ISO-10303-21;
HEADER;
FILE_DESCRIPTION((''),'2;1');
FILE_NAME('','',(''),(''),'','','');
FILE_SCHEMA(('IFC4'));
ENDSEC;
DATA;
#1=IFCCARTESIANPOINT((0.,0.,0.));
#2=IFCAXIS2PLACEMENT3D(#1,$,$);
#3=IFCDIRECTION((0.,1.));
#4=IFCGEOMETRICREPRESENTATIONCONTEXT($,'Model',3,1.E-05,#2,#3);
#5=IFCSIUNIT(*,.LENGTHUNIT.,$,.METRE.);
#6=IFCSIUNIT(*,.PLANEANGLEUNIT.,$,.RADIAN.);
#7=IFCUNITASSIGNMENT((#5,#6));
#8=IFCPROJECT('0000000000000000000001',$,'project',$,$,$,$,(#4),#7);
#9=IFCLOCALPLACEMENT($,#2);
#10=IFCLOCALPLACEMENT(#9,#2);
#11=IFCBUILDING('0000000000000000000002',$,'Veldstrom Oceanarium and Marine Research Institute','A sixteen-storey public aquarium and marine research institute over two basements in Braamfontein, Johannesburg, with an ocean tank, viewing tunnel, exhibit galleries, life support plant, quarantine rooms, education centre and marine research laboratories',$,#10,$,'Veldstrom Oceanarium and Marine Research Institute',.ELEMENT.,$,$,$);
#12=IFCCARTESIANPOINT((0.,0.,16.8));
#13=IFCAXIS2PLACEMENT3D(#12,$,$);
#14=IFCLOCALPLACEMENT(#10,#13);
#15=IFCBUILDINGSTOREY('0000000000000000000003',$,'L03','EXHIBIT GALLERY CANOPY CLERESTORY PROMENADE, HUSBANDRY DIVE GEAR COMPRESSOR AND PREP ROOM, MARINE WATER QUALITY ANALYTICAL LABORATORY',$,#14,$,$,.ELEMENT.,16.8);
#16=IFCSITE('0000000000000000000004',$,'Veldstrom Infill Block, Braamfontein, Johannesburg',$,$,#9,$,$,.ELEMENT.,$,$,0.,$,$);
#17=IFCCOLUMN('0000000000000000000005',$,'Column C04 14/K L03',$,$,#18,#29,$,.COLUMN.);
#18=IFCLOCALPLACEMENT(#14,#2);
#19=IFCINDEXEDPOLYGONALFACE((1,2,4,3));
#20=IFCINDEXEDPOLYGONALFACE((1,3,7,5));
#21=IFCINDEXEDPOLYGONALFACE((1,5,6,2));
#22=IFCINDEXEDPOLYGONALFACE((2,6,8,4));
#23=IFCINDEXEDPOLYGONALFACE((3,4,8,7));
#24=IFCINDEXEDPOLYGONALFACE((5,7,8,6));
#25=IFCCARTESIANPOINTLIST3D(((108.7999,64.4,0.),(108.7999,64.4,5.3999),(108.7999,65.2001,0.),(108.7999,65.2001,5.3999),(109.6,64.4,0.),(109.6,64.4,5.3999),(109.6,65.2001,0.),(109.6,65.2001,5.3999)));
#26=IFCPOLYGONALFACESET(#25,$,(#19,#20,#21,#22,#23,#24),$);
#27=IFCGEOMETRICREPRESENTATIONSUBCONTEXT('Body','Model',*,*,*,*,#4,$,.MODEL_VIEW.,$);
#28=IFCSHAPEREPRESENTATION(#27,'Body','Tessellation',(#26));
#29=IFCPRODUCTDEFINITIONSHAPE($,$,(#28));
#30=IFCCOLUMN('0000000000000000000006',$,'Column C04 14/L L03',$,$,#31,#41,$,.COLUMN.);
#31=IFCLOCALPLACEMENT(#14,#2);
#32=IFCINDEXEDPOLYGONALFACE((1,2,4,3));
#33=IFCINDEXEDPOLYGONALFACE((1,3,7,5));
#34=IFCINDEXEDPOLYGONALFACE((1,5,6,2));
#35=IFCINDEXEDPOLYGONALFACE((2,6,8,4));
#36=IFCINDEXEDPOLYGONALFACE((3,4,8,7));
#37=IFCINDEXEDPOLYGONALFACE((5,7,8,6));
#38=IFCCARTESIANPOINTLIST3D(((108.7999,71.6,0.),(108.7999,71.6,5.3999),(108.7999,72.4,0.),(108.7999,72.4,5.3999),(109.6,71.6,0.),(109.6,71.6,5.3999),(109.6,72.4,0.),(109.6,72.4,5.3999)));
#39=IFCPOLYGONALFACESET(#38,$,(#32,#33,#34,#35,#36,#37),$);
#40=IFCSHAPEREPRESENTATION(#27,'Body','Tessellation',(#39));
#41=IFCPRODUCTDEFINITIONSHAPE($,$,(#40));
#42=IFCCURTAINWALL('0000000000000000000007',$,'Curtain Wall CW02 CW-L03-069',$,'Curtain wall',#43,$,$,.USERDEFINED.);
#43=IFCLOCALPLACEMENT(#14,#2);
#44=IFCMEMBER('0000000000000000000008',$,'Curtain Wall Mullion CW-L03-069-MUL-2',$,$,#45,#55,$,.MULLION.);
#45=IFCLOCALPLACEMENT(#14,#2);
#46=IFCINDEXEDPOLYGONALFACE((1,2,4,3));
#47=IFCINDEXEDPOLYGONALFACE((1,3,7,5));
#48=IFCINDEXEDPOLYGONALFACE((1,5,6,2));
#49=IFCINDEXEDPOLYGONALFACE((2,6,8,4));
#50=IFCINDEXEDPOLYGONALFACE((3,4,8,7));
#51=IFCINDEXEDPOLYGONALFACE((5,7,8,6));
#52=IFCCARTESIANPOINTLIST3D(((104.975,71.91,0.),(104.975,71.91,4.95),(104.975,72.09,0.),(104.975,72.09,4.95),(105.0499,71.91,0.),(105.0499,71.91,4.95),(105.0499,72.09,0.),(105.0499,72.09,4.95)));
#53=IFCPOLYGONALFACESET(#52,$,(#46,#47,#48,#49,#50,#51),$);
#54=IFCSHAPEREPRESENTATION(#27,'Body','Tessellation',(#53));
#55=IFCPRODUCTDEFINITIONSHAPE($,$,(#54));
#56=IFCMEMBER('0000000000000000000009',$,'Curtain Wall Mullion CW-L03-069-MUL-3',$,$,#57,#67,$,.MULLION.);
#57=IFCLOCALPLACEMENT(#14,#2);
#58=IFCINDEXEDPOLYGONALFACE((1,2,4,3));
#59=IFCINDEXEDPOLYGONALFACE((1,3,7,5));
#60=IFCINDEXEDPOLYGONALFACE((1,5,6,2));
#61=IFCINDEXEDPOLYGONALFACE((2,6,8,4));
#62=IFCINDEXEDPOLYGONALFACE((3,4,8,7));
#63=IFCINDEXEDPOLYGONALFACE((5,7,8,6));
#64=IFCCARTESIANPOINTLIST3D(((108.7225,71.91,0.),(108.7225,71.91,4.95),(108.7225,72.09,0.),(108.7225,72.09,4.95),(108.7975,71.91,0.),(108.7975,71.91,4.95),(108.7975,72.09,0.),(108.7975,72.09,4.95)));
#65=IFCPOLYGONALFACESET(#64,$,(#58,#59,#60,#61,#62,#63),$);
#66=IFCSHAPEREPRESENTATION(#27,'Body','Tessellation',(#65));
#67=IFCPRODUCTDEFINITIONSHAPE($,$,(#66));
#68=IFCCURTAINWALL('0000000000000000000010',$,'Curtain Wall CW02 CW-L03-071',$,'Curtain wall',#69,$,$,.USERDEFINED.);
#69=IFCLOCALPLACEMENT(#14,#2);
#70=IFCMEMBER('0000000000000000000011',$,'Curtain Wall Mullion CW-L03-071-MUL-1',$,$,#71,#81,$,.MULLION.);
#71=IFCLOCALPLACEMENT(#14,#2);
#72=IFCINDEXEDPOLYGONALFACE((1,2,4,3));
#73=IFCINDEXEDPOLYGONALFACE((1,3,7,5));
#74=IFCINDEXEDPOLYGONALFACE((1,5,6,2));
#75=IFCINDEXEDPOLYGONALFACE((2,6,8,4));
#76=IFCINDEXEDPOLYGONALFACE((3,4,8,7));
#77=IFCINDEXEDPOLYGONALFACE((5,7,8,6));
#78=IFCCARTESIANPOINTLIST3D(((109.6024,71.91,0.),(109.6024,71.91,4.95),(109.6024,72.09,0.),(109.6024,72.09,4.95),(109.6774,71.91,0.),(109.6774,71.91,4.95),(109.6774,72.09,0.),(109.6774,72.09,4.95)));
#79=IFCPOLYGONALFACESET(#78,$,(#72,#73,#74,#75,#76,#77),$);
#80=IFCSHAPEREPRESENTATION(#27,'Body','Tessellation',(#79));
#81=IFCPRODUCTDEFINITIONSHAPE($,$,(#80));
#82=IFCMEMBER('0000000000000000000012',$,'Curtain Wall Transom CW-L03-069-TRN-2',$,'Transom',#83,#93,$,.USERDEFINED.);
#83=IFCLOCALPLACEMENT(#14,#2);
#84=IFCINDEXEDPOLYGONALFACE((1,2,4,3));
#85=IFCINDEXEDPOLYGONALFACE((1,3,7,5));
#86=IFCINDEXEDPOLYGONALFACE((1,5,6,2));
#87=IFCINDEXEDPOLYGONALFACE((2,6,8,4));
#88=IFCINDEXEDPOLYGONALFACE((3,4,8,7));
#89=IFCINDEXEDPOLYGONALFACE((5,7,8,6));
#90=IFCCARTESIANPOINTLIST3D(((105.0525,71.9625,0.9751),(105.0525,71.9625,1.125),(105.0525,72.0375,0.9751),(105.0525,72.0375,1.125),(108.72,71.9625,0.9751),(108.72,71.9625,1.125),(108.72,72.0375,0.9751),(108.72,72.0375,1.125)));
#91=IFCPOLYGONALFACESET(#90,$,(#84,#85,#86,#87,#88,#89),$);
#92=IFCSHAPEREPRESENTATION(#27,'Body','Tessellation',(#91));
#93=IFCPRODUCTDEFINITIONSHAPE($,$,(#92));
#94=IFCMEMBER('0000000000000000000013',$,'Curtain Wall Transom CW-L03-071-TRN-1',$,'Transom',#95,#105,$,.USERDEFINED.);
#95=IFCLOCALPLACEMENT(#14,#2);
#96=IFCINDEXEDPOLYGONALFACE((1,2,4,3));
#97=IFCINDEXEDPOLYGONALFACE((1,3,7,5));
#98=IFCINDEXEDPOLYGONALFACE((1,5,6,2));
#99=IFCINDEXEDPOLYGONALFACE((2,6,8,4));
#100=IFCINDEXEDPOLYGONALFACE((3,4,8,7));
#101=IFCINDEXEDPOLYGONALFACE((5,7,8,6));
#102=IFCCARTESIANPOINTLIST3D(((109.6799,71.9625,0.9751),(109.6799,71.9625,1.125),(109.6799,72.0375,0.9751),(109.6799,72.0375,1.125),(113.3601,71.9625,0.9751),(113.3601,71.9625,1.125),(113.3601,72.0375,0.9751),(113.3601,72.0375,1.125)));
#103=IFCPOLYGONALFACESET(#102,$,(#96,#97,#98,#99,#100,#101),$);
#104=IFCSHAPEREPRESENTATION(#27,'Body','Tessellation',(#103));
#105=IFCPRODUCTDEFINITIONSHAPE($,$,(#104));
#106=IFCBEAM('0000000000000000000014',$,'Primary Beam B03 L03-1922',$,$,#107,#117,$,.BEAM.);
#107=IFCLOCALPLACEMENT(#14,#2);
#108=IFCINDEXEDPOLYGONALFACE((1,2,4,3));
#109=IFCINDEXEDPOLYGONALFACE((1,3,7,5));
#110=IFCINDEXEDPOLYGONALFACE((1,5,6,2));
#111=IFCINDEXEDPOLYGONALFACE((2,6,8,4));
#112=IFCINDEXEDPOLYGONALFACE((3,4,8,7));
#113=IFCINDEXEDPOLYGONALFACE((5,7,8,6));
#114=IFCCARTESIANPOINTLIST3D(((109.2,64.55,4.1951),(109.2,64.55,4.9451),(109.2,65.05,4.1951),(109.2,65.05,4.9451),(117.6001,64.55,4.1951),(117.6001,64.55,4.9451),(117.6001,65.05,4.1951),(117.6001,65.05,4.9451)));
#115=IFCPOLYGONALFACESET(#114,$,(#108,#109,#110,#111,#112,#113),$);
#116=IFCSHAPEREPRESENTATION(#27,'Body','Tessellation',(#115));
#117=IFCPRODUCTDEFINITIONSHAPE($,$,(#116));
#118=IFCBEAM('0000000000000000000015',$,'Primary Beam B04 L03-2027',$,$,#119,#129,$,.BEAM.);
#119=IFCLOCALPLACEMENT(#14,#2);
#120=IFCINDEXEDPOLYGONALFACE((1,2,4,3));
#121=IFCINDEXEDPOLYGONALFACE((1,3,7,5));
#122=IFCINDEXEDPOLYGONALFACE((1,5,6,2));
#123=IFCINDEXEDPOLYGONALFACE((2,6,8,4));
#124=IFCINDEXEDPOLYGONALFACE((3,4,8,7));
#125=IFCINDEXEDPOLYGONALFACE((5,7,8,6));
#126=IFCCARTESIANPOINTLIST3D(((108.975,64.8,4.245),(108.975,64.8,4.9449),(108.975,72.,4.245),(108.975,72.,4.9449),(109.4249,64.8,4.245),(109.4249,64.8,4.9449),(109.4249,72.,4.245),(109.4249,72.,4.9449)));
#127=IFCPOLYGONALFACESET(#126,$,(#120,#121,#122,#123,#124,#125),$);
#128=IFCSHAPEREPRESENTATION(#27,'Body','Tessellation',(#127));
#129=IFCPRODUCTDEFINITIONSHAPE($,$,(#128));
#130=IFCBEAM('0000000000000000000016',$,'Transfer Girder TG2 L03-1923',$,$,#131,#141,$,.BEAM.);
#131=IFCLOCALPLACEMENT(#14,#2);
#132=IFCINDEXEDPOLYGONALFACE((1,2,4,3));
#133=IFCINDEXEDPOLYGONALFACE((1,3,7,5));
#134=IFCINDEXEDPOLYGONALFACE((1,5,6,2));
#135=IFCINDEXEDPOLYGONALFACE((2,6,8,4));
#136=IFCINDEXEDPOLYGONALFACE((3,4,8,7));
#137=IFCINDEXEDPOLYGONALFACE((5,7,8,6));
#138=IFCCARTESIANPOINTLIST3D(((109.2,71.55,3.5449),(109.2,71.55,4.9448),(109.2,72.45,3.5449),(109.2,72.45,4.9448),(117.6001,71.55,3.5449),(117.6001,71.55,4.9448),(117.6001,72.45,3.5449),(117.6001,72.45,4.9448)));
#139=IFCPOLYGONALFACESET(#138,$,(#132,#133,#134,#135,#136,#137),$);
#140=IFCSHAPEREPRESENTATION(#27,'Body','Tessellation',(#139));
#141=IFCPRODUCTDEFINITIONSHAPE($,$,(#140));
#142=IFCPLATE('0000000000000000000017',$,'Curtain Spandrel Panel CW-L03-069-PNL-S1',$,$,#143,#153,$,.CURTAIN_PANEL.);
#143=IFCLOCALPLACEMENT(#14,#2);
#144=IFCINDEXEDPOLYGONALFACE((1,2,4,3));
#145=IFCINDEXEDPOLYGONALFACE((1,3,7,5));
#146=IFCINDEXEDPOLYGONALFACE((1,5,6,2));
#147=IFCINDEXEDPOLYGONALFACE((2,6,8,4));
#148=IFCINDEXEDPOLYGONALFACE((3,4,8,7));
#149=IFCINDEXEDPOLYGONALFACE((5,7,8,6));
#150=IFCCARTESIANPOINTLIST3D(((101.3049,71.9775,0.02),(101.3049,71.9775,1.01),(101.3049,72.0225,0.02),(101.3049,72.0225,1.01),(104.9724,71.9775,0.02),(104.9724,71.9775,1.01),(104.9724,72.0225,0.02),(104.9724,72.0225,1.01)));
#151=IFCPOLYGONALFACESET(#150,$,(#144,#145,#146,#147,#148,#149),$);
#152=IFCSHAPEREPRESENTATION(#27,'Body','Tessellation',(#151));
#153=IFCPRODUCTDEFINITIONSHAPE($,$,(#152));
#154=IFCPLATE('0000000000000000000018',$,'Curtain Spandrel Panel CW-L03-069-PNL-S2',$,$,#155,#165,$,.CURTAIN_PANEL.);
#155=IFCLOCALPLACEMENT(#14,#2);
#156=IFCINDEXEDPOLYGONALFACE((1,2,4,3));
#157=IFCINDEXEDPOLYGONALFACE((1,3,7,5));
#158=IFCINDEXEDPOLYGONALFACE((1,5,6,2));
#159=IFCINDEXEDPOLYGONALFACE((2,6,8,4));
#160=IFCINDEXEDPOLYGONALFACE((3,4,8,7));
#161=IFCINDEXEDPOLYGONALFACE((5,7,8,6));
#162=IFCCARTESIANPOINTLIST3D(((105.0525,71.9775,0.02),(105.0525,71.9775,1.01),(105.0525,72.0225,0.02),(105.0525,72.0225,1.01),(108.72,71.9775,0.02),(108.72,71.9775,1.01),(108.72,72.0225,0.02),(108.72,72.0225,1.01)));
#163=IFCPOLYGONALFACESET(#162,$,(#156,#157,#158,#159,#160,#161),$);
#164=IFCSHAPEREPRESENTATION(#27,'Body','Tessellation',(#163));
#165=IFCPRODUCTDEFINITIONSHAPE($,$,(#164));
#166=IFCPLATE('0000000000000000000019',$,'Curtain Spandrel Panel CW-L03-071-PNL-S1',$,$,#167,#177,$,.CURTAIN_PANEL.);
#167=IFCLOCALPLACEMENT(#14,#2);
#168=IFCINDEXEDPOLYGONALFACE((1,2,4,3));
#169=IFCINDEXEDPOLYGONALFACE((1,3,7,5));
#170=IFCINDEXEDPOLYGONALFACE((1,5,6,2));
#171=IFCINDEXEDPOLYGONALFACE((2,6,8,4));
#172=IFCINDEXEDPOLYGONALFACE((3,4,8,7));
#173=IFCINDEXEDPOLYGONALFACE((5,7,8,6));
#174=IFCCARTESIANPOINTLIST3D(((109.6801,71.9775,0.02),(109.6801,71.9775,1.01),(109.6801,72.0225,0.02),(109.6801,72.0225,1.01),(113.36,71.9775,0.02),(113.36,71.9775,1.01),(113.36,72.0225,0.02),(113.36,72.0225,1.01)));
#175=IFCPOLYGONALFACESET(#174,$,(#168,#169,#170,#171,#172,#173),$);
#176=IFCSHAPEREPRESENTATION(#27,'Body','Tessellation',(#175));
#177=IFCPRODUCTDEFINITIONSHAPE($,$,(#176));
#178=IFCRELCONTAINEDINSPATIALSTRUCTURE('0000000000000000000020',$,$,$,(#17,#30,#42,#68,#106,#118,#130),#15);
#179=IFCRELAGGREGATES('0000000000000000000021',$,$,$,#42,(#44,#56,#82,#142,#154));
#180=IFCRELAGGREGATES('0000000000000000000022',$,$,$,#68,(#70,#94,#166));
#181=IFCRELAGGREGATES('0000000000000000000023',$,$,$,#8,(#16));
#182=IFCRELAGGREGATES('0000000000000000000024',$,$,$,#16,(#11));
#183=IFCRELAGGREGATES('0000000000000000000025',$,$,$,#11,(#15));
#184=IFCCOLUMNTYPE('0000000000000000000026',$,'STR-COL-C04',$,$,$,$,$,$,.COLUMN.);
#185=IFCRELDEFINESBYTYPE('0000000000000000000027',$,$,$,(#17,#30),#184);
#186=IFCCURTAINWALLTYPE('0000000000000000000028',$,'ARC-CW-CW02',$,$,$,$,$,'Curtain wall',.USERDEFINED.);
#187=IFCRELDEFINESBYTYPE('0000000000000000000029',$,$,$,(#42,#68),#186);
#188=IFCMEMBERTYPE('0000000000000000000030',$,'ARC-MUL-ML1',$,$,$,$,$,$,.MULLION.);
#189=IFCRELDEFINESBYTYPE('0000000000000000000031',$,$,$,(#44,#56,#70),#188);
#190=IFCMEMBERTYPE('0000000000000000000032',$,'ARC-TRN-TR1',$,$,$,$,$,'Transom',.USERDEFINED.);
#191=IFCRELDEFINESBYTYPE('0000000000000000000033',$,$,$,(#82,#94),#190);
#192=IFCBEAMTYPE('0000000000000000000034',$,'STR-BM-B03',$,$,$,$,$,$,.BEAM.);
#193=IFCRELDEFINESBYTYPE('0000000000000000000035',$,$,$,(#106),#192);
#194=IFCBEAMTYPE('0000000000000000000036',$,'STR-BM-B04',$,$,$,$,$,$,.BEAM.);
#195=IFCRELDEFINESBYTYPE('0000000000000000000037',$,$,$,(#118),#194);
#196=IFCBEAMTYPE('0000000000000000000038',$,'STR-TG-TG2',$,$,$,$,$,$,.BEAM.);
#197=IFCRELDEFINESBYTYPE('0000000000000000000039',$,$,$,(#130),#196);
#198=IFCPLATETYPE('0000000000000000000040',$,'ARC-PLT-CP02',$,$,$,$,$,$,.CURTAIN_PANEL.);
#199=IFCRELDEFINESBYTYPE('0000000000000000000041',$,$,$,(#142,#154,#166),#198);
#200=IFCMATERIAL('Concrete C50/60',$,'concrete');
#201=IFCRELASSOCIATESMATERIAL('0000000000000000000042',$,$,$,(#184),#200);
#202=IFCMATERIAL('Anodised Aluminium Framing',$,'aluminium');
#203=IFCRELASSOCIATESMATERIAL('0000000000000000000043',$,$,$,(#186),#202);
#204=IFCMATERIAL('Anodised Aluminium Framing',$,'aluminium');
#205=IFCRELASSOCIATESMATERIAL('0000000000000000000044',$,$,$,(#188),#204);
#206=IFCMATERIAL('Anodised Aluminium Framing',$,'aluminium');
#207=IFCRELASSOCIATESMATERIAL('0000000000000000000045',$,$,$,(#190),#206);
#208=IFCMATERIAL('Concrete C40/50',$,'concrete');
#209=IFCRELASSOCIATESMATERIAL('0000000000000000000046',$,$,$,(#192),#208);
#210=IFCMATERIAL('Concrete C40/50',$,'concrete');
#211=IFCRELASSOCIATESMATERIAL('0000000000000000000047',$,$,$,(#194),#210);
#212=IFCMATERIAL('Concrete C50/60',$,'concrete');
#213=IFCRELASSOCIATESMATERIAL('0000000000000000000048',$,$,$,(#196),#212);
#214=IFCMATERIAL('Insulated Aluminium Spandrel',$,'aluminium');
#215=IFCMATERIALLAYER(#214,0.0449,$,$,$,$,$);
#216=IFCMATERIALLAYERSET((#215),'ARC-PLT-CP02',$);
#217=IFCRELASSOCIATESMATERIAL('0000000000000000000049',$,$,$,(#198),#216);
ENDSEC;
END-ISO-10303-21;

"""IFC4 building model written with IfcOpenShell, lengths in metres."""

from ifc_helpers import new_model, si_unit, direction, frame, origin, origin_2d, place, context, subcontext, project, spatial, rectangle, extrude, material, layer, layer_set, material_profile, profile_set, type_object, element, aggregate, save


model = new_model("IFC4")

# Units and contexts
model_context = context("Model", 3, precision=1e-05, world=origin(), true_north=direction((0.0, 1.0)))
body_context = subcontext(model_context, "Body", "Model", "MODEL_VIEW")
ifc_project = project(units=[si_unit("LENGTHUNIT", "METRE"), si_unit("PLANEANGLEUNIT", "RADIAN")], contexts=[model_context])

# Site, building, storey
site_placement = place(None, origin())
site = spatial("IfcSite", under=ifc_project, at=site_placement, Name="Veldstrom Infill Block, Braamfontein, Johannesburg", CompositionType="ELEMENT", RefElevation=0.0)
building_placement = place(site_placement, origin())
building = spatial("IfcBuilding", under=site, at=building_placement, Name="Veldstrom Oceanarium and Marine Research Institute", Description="A sixteen-storey public aquarium and marine research institute over two basements in Braamfontein, Johannesburg, with an ocean tank, viewing tunnel, exhibit galleries, life support plant, quarantine rooms, education centre and marine research laboratories", LongName="Veldstrom Oceanarium and Marine Research Institute", CompositionType="ELEMENT")
storey_placement = place(building_placement, frame((0.0, 0.0, 16.8)))
storey = spatial("IfcBuildingStorey", under=building, at=storey_placement, Name="L03", Description="EXHIBIT GALLERY CANOPY CLERESTORY PROMENADE, HUSBANDRY DIVE GEAR COMPRESSOR AND PREP ROOM, MARINE WATER QUALITY ANALYTICAL LABORATORY", CompositionType="ELEMENT", Elevation=16.8)

# Columns
ifc_material_1 = material(Name="Concrete C50/60", Category="concrete")
ifc_material_profile_1 = material_profile(ifc_material_1, rectangle(XDim=0.8, YDim=0.8, at=origin_2d()), Name="RC-COL-800x800")
ifc_profile_set_1 = profile_set([ifc_material_profile_1], Name="Concrete C50/60")
column_type = type_object("IfcColumnType", Name="STR-COL-C04", PredefinedType="COLUMN", material=ifc_profile_set_1)
for number, where, z_axis, x_axis, name in (
    (1, (109.2, 64.8, 0.0), (0.0, 0.0, 1.0), (1.0, 0.0, 0.0), "Column C04 14/K L03"),
    (2, (109.2, 72.0, 0.0), (0.0, 0.0, 1.0), (1.0, 0.0, 0.0), "Column C04 14/L L03"),
):
    element("IfcColumn", number, at=place(storey_placement, frame(where, z_axis=z_axis, x_axis=x_axis)), inside=storey, type_object=column_type, Name=name, PredefinedType="COLUMN", context=body_context, shape_type="SweptSolid", body=[
        extrude(rectangle(XDim=0.8, YDim=0.8, at=origin_2d()), origin(), (0.0, 0.0, 1.0), 5.3999),
    ])

# Curtain wall, members
ifc_material_2 = material(Name="Anodised Aluminium Framing", Category="aluminium")
curtain_wall_type = type_object("IfcCurtainWallType", Name="ARC-CW-CW02", ElementType="Curtain wall", PredefinedType="USERDEFINED", material=ifc_material_2)
curtain_wall_1_placement = place(storey_placement, origin())
curtain_wall_1 = element("IfcCurtainWall", 3, at=curtain_wall_1_placement, inside=storey, type_object=curtain_wall_type, Name="Curtain Wall CW02 CW-L03-069", ObjectType="Curtain wall", PredefinedType="USERDEFINED")
ifc_material_3 = material(Name="Anodised Aluminium Framing", Category="aluminium")
ifc_material_profile_2 = material_profile(ifc_material_3, rectangle(XDim=0.075, YDim=0.1799, at=origin_2d()), Name="ALU-MUL-75x180")
ifc_profile_set_2 = profile_set([ifc_material_profile_2], Name="Anodised Aluminium Framing")
member_type_1 = type_object("IfcMemberType", Name="ARC-MUL-ML1", PredefinedType="MULLION", material=ifc_profile_set_2)
member_1_placement = place(storey_placement, frame((105.0125, 72.0, 0.0), z_axis=(0.0, 0.0, 1.0), x_axis=(1.0, 0.0, 0.0)))
member_1 = element("IfcMember", 4, at=member_1_placement, type_object=member_type_1, Name="Curtain Wall Mullion CW-L03-069-MUL-2", PredefinedType="MULLION", context=body_context, shape_type="SweptSolid", body=[
    extrude(rectangle(XDim=0.075, YDim=0.1799, at=origin_2d()), origin(), (0.0, 0.0, 1.0), 4.95),
])
member_2_placement = place(storey_placement, frame((108.76, 72.0, 0.0), z_axis=(0.0, 0.0, 1.0), x_axis=(1.0, 0.0, 0.0)))
member_2 = element("IfcMember", 5, at=member_2_placement, type_object=member_type_1, Name="Curtain Wall Mullion CW-L03-069-MUL-3", PredefinedType="MULLION", context=body_context, shape_type="SweptSolid", body=[
    extrude(rectangle(XDim=0.075, YDim=0.1799, at=origin_2d()), origin(), (0.0, 0.0, 1.0), 4.95),
])

# Curtain wall, member
curtain_wall_2_placement = place(storey_placement, origin())
curtain_wall_2 = element("IfcCurtainWall", 6, at=curtain_wall_2_placement, inside=storey, type_object=curtain_wall_type, Name="Curtain Wall CW02 CW-L03-071", ObjectType="Curtain wall", PredefinedType="USERDEFINED")
member_3_placement = place(storey_placement, frame((109.6399, 72.0, 0.0), z_axis=(0.0, 0.0, 1.0), x_axis=(1.0, 0.0, 0.0)))
member_3 = element("IfcMember", 7, at=member_3_placement, type_object=member_type_1, Name="Curtain Wall Mullion CW-L03-071-MUL-1", PredefinedType="MULLION", context=body_context, shape_type="SweptSolid", body=[
    extrude(rectangle(XDim=0.075, YDim=0.1799, at=origin_2d()), origin(), (0.0, 0.0, 1.0), 4.95),
])

# Members
ifc_material_4 = material(Name="Anodised Aluminium Framing", Category="aluminium")
ifc_material_profile_3 = material_profile(ifc_material_4, rectangle(XDim=0.075, YDim=0.1499, at=origin_2d()), Name="ALU-TRN-75x150")
ifc_profile_set_3 = profile_set([ifc_material_profile_3], Name="Anodised Aluminium Framing")
member_type_2 = type_object("IfcMemberType", Name="ARC-TRN-TR1", ElementType="Transom", PredefinedType="USERDEFINED", material=ifc_profile_set_3)
member_4_placement = place(storey_placement, frame((105.0525, 72.0, 1.05), z_axis=(1.0, 0.0, 0.0), x_axis=(0.0, 1.0, 0.0)))
member_4 = element("IfcMember", 8, at=member_4_placement, type_object=member_type_2, Name="Curtain Wall Transom CW-L03-069-TRN-2", ObjectType="Transom", PredefinedType="USERDEFINED", context=body_context, shape_type="SweptSolid", body=[
    extrude(rectangle(XDim=0.075, YDim=0.1499, at=origin_2d()), origin(), (0.0, 0.0, 1.0), 3.6675),
])
member_5_placement = place(storey_placement, frame((109.6799, 72.0, 1.05), z_axis=(1.0, 0.0, 0.0), x_axis=(0.0, 1.0, 0.0)))
member_5 = element("IfcMember", 9, at=member_5_placement, type_object=member_type_2, Name="Curtain Wall Transom CW-L03-071-TRN-1", ObjectType="Transom", PredefinedType="USERDEFINED", context=body_context, shape_type="SweptSolid", body=[
    extrude(rectangle(XDim=0.075, YDim=0.1499, at=origin_2d()), origin(), (0.0, 0.0, 1.0), 3.6802),
])

# Beams
ifc_material_5 = material(Name="Concrete C40/50", Category="concrete")
ifc_material_profile_4 = material_profile(ifc_material_5, rectangle(XDim=0.5, YDim=0.75, at=origin_2d()), Name="RC-BM-500x750")
ifc_profile_set_4 = profile_set([ifc_material_profile_4], Name="Concrete C40/50")
beam_type_1 = type_object("IfcBeamType", Name="STR-BM-B03", PredefinedType="BEAM", material=ifc_profile_set_4)
beam_1_placement = place(storey_placement, frame((109.2, 64.8, 4.5701), z_axis=(1.0, 0.0, 0.0), x_axis=(0.0, 1.0, 0.0)))
element("IfcBeam", 10, at=beam_1_placement, inside=storey, type_object=beam_type_1, Name="Primary Beam B03 L03-1922", PredefinedType="BEAM", context=body_context, shape_type="SweptSolid", body=[
    extrude(rectangle(XDim=0.5, YDim=0.75, at=origin_2d()), origin(), (0.0, 0.0, 1.0), 8.4001),
])
ifc_material_6 = material(Name="Concrete C40/50", Category="concrete")
ifc_material_profile_5 = material_profile(ifc_material_6, rectangle(XDim=0.45, YDim=0.7, at=origin_2d()), Name="RC-BM-450x700")
ifc_profile_set_5 = profile_set([ifc_material_profile_5], Name="Concrete C40/50")
beam_type_2 = type_object("IfcBeamType", Name="STR-BM-B04", PredefinedType="BEAM", material=ifc_profile_set_5)
beam_2_placement = place(storey_placement, frame((109.2, 64.8, 4.595), z_axis=(0.0, 1.0, 0.0), x_axis=(-1.0, 0.0, 0.0)))
element("IfcBeam", 11, at=beam_2_placement, inside=storey, type_object=beam_type_2, Name="Primary Beam B04 L03-2027", PredefinedType="BEAM", context=body_context, shape_type="SweptSolid", body=[
    extrude(rectangle(XDim=0.45, YDim=0.7, at=origin_2d()), origin(), (0.0, 0.0, 1.0), 7.2),
])
ifc_material_7 = material(Name="Concrete C50/60", Category="concrete")
ifc_material_profile_6 = material_profile(ifc_material_7, rectangle(XDim=0.8999, YDim=1.3999, at=origin_2d()), Name="RC-TG-900x1400")
ifc_profile_set_6 = profile_set([ifc_material_profile_6], Name="Concrete C50/60")
beam_type_3 = type_object("IfcBeamType", Name="STR-TG-TG2", PredefinedType="BEAM", material=ifc_profile_set_6)
beam_3_placement = place(storey_placement, frame((109.2, 72.0, 4.2449), z_axis=(1.0, 0.0, 0.0), x_axis=(0.0, 1.0, 0.0)))
element("IfcBeam", 12, at=beam_3_placement, inside=storey, type_object=beam_type_3, Name="Transfer Girder TG2 L03-1923", PredefinedType="BEAM", context=body_context, shape_type="SweptSolid", body=[
    extrude(rectangle(XDim=0.8999, YDim=1.3999, at=origin_2d()), origin(), (0.0, 0.0, 1.0), 8.4001),
])

# Plates
ifc_material_8 = material(Name="Insulated Aluminium Spandrel", Category="aluminium")
ifc_layer_1 = layer(ifc_material_8, 0.0449)
ifc_layer_set_1 = layer_set([ifc_layer_1], Name="ARC-PLT-CP02")
plate_type_1 = type_object("IfcPlateType", Name="ARC-PLT-CP02", PredefinedType="CURTAIN_PANEL", material=ifc_layer_set_1)
plate_1_placement = place(storey_placement, frame((103.1387, 72.0, 0.02), z_axis=(0.0, 0.0, 1.0), x_axis=(1.0, 0.0, 0.0)))
plate_1 = element("IfcPlate", 13, at=plate_1_placement, type_object=plate_type_1, Name="Curtain Spandrel Panel CW-L03-069-PNL-S1", PredefinedType="CURTAIN_PANEL", context=body_context, shape_type="SweptSolid", body=[
    extrude(rectangle(XDim=3.6675, YDim=0.0449, at=origin_2d()), origin(), (0.0, 0.0, 1.0), 0.99),
])
plate_2_placement = place(storey_placement, frame((106.8862, 72.0, 0.02), z_axis=(0.0, 0.0, 1.0), x_axis=(1.0, 0.0, 0.0)))
plate_2 = element("IfcPlate", 14, at=plate_2_placement, type_object=plate_type_1, Name="Curtain Spandrel Panel CW-L03-069-PNL-S2", PredefinedType="CURTAIN_PANEL", context=body_context, shape_type="SweptSolid", body=[
    extrude(rectangle(XDim=3.6675, YDim=0.0449, at=origin_2d()), origin(), (0.0, 0.0, 1.0), 0.99),
])
plate_3_placement = place(storey_placement, frame((111.52, 72.0, 0.02), z_axis=(0.0, 0.0, 1.0), x_axis=(1.0, 0.0, 0.0)))
plate_3 = element("IfcPlate", 15, at=plate_3_placement, type_object=plate_type_1, Name="Curtain Spandrel Panel CW-L03-071-PNL-S1", PredefinedType="CURTAIN_PANEL", context=body_context, shape_type="SweptSolid", body=[
    extrude(rectangle(XDim=3.6799, YDim=0.0449, at=origin_2d()), origin(), (0.0, 0.0, 1.0), 0.99),
])
aggregate(curtain_wall_1, [member_1, member_2, member_4, plate_1, plate_2])
aggregate(curtain_wall_2, [member_3, member_5, plate_3])

save(model, "model.ifc")
